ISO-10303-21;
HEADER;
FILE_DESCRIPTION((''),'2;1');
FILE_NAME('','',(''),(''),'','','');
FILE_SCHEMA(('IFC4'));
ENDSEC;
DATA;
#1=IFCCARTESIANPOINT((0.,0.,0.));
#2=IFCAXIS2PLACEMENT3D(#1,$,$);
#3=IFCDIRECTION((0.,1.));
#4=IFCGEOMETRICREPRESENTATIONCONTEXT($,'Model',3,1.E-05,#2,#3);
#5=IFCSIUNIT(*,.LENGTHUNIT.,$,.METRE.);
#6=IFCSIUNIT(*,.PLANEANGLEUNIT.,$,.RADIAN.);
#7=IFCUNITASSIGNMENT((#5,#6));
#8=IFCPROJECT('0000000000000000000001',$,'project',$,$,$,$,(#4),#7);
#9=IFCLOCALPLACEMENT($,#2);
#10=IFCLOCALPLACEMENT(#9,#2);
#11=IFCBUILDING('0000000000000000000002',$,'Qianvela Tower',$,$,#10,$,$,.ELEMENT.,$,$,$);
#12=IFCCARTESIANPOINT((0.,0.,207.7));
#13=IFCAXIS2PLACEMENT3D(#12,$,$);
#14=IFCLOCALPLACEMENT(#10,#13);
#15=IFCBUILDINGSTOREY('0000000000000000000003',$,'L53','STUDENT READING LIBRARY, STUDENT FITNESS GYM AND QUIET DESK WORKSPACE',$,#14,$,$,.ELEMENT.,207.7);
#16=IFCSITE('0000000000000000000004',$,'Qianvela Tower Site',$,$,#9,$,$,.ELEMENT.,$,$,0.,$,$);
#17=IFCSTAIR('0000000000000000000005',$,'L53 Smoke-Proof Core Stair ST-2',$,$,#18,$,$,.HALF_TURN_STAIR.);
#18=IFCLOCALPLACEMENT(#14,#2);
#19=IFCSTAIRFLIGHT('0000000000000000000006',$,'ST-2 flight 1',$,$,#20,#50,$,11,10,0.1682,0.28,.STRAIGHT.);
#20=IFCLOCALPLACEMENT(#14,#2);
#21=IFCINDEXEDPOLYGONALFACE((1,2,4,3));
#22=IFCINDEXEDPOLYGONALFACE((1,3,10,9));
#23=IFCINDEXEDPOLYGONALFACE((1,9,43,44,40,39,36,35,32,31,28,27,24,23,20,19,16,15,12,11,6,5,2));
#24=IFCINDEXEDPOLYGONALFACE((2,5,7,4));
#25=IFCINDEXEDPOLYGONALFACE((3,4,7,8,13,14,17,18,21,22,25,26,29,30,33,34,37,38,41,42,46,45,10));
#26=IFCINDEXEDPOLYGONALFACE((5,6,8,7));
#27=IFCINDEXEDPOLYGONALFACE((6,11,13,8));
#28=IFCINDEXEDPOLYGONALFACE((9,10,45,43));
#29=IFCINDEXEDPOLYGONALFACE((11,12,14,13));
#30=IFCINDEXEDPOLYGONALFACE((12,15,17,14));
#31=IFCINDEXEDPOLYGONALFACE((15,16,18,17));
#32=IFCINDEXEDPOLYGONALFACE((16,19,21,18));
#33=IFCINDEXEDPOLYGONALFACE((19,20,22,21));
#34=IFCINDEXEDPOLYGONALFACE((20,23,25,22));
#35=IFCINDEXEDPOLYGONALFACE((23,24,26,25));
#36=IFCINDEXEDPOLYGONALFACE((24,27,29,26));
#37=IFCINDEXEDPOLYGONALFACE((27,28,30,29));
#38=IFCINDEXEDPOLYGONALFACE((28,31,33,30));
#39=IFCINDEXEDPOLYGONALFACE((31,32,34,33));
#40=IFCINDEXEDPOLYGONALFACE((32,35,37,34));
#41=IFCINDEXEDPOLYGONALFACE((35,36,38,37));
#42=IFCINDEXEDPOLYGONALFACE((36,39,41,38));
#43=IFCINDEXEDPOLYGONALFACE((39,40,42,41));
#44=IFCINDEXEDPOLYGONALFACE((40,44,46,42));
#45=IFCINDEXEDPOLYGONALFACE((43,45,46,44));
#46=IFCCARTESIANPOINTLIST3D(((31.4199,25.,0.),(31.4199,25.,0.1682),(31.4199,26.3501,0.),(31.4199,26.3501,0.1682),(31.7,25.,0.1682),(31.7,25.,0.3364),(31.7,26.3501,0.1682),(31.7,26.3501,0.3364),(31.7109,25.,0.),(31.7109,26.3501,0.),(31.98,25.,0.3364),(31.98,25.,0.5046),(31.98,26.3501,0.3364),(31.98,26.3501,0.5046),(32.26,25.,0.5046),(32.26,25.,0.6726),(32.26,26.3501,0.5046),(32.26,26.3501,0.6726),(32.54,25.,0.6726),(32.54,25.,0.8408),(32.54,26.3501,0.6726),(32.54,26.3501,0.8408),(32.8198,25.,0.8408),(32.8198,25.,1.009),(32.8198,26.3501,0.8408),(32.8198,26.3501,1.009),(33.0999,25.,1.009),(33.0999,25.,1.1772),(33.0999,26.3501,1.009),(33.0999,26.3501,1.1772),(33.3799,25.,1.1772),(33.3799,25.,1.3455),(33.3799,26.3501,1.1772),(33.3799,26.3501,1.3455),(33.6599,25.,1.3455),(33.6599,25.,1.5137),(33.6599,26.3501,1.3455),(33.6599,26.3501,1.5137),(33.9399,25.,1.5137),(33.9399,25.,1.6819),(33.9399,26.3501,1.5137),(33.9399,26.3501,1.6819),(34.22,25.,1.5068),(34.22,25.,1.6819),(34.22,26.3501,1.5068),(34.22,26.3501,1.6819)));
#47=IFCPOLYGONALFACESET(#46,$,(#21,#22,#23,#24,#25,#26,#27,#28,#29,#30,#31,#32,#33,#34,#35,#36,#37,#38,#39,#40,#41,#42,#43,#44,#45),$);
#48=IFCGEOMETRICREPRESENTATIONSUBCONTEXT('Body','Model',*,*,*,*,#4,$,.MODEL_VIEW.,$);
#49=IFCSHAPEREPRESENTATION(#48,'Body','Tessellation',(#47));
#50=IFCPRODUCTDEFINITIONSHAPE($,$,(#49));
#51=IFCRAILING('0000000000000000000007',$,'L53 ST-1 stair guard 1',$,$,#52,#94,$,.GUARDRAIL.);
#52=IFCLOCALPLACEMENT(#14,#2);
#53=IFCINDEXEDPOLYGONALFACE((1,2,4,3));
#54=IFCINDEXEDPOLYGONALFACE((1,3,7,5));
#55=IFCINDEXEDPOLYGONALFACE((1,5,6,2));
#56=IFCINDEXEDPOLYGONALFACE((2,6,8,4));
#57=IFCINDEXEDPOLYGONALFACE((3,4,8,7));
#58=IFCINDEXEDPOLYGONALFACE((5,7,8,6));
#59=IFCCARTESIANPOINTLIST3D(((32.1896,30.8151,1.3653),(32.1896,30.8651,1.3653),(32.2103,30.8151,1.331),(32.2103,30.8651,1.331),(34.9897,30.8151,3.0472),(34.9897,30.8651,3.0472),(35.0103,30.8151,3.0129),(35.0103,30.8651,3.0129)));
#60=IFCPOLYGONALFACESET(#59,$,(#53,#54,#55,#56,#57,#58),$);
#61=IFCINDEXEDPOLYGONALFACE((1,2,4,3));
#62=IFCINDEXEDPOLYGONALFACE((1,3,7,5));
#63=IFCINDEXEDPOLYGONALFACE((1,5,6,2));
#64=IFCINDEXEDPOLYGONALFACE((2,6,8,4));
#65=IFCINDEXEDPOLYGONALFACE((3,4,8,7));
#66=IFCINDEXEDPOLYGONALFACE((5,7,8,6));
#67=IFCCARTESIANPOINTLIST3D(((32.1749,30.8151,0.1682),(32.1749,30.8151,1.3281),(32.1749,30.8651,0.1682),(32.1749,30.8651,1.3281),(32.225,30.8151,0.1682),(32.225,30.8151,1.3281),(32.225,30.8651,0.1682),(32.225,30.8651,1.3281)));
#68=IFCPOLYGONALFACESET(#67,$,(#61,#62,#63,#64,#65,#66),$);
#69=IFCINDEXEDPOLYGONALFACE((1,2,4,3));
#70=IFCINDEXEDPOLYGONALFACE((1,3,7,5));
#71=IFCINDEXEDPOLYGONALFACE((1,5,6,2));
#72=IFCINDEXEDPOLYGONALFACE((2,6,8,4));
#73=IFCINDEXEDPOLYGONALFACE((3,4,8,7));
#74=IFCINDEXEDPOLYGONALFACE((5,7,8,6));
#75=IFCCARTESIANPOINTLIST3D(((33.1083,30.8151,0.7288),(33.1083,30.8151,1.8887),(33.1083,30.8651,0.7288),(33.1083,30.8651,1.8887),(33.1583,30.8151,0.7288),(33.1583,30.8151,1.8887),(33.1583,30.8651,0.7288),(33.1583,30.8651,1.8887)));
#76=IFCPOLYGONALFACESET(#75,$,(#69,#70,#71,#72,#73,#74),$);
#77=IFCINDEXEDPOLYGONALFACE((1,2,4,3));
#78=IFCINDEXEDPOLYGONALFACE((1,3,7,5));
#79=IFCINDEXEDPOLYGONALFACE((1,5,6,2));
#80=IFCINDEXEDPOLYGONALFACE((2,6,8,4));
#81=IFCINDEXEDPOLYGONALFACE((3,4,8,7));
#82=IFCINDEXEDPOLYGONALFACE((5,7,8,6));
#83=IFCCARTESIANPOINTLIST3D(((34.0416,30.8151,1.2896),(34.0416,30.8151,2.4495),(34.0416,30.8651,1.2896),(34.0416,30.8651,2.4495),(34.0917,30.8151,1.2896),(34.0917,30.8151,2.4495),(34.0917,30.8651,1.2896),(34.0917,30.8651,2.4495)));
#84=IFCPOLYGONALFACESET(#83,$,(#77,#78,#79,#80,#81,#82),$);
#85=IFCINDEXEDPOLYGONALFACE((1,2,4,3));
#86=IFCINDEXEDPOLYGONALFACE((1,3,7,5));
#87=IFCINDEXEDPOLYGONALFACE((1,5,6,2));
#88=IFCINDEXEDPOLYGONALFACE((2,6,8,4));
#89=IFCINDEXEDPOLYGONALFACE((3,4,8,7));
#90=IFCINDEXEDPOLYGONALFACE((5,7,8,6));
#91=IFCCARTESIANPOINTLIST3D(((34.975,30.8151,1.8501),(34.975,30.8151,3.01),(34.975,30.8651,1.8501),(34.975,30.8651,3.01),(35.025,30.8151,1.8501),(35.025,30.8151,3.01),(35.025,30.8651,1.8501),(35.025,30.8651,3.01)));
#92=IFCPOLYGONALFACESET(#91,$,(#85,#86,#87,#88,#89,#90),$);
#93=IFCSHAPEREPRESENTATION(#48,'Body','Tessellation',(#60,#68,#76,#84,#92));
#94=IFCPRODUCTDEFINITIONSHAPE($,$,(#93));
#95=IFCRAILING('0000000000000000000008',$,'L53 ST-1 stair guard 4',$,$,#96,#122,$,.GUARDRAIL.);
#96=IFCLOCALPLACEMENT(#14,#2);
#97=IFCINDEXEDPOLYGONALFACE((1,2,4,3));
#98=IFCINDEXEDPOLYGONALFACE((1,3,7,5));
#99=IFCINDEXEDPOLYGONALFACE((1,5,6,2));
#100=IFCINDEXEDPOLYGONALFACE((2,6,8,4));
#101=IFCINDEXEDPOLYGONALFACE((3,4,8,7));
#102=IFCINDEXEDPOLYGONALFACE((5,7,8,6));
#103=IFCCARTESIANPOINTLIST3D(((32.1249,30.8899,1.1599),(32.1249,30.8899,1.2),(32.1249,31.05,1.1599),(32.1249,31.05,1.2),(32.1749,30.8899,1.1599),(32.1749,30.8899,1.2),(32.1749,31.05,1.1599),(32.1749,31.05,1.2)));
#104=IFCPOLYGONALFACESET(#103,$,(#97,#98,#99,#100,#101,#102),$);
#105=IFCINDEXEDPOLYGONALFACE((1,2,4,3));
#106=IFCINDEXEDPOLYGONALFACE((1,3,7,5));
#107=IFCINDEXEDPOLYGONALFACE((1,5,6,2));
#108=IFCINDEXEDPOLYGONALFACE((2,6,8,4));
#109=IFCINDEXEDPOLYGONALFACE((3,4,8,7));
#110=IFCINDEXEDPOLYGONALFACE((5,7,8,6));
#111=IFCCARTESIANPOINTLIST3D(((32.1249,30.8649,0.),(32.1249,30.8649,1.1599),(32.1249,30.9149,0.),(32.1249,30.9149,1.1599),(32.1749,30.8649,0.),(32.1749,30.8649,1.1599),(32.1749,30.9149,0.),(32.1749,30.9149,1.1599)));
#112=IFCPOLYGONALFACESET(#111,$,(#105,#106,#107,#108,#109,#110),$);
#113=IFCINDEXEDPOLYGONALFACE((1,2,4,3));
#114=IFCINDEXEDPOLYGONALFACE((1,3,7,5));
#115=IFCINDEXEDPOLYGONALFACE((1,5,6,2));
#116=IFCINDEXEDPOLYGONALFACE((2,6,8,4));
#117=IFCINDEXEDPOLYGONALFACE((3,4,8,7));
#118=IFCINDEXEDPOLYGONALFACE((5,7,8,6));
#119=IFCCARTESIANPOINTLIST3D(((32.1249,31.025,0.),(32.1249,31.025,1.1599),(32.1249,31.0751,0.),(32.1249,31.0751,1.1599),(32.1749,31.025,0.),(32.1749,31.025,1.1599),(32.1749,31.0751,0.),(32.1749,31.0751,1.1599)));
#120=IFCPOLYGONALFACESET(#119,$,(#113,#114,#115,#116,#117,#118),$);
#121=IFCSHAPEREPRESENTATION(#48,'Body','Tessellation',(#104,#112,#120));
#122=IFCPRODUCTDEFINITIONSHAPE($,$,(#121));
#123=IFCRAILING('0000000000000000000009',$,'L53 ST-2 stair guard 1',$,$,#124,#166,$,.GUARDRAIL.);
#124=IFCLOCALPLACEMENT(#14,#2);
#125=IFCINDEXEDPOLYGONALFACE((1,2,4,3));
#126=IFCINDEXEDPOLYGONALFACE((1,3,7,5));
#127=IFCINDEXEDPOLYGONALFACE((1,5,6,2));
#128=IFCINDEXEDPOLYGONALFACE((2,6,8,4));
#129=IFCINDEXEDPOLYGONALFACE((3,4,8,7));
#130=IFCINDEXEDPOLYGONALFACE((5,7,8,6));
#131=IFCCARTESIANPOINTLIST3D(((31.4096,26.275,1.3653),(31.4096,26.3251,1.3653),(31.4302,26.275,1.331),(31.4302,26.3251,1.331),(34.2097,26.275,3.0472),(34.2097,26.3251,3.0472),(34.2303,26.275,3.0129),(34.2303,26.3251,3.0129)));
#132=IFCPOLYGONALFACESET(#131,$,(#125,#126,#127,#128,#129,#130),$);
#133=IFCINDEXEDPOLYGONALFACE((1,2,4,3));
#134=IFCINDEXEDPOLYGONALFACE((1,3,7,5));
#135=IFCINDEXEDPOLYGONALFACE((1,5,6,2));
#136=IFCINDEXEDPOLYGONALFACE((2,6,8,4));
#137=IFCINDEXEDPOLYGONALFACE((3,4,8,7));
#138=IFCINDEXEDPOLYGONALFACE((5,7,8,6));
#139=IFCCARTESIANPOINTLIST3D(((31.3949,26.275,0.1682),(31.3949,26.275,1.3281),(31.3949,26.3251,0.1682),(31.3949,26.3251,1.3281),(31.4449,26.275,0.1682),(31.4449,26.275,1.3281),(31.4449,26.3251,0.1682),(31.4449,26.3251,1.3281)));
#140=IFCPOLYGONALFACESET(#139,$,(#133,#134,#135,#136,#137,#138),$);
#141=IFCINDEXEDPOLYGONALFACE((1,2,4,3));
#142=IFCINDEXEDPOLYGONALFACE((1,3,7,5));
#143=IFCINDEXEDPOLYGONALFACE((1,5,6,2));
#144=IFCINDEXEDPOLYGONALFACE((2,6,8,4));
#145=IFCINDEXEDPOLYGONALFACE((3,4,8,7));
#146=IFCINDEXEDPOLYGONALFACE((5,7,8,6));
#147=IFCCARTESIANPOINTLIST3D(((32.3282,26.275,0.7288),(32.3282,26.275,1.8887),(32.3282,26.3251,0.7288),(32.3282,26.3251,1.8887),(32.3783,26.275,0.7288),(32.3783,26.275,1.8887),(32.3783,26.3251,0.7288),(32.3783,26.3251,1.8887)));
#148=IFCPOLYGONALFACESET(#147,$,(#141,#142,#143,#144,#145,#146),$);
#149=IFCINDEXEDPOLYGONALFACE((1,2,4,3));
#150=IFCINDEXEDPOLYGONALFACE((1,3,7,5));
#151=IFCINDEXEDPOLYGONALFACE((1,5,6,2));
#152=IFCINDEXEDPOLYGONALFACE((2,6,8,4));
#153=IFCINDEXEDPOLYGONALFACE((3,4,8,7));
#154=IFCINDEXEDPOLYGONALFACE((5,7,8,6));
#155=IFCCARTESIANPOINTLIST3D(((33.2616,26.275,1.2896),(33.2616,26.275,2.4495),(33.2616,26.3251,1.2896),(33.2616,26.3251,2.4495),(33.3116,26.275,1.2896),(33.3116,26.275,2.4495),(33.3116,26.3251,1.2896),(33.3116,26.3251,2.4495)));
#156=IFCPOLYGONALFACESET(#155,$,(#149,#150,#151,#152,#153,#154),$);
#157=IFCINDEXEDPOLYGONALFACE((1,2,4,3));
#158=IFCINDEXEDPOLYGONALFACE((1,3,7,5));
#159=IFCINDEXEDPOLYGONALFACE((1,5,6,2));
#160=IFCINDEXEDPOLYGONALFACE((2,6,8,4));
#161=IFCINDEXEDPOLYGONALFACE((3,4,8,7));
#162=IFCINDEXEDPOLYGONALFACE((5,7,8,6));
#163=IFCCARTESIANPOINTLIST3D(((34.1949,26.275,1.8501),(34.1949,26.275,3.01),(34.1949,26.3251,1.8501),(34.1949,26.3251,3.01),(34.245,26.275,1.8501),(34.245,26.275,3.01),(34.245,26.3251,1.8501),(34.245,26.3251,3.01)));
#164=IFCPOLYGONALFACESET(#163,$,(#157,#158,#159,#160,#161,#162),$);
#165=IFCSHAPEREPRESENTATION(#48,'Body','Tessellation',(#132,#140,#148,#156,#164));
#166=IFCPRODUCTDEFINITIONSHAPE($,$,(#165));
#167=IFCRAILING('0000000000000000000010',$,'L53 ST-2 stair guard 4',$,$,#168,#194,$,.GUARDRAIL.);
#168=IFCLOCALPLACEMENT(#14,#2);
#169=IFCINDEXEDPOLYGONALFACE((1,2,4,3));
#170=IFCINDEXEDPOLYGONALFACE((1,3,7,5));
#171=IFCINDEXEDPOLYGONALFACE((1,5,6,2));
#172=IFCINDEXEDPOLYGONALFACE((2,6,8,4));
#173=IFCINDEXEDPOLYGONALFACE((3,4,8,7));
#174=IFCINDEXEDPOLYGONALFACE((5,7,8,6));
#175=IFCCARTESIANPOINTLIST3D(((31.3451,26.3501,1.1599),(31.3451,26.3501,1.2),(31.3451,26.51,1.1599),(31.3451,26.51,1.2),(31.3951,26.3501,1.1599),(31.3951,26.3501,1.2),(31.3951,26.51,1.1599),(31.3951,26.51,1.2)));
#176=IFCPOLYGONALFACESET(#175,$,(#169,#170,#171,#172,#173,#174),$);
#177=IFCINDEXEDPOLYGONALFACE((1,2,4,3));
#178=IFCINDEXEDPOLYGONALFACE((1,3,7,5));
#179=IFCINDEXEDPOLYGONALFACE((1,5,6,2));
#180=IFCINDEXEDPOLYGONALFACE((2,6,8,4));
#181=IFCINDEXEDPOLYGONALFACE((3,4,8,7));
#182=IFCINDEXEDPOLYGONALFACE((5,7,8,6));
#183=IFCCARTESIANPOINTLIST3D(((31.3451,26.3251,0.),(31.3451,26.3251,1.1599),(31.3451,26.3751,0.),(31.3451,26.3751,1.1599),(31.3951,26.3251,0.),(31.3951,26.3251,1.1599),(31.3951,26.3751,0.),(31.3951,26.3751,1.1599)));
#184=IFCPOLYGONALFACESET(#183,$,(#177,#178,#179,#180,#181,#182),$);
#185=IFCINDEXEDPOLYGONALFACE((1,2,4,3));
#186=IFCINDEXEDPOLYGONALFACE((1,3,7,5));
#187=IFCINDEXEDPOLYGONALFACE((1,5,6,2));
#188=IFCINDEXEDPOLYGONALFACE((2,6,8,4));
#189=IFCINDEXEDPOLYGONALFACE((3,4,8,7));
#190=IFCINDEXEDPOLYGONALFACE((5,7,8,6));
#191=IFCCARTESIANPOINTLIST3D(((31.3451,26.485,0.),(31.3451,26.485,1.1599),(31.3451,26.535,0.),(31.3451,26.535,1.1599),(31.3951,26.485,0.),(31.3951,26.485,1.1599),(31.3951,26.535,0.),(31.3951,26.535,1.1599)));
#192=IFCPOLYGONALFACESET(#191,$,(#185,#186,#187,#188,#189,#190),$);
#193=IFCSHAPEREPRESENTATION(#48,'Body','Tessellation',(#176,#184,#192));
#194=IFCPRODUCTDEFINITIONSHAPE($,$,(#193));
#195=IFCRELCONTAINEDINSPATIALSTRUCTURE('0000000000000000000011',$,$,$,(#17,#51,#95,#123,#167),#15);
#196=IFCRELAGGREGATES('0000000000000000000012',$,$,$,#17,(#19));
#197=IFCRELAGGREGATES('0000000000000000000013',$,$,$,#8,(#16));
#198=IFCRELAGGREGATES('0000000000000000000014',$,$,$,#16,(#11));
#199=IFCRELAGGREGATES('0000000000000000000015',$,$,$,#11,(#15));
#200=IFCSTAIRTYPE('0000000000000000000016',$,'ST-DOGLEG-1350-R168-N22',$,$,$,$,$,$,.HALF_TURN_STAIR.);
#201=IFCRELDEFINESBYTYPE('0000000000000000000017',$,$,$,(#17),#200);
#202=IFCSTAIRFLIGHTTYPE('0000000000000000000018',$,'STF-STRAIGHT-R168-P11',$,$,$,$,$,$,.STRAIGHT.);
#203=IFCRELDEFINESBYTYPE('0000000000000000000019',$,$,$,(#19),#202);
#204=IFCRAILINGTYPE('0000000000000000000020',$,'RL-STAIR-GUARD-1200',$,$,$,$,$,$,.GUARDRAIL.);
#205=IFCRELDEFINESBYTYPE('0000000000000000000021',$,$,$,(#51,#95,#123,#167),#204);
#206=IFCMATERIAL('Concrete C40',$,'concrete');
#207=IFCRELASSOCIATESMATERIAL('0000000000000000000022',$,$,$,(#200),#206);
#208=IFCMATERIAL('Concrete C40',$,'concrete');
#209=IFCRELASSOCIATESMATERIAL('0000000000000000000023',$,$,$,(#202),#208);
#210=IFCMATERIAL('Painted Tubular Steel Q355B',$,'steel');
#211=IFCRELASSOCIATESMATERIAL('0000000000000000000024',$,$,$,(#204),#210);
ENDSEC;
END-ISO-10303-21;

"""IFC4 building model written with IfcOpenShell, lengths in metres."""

from ifc_helpers import new_model, si_unit, direction, frame, origin, origin_2d, place, context, subcontext, project, spatial, polyline, rectangle, outline, extrude, material, type_object, element, aggregate, save


model = new_model("IFC4")

# Units and contexts
model_context = context("Model", 3, precision=1e-05, world=origin(), true_north=direction((0.0, 1.0)))
body_context = subcontext(model_context, "Body", "Model", "MODEL_VIEW")
ifc_project = project(units=[si_unit("LENGTHUNIT", "METRE"), si_unit("PLANEANGLEUNIT", "RADIAN")], contexts=[model_context])

# Site, building, storey
site_placement = place(None, origin())
site = spatial("IfcSite", under=ifc_project, at=site_placement, Name="Qianvela Tower Site", CompositionType="ELEMENT", RefElevation=0.0)
building_placement = place(site_placement, origin())
building = spatial("IfcBuilding", under=site, at=building_placement, Name="Qianvela Tower", CompositionType="ELEMENT")
storey_placement = place(building_placement, frame((0.0, 0.0, 207.7)))
storey = spatial("IfcBuildingStorey", under=building, at=storey_placement, Name="L53", Description="STUDENT READING LIBRARY, STUDENT FITNESS GYM AND QUIET DESK WORKSPACE", CompositionType="ELEMENT", Elevation=207.7)

# Stair, stair flight
ifc_material_1 = material(Name="Concrete C40", Category="concrete")
stair_type = type_object("IfcStairType", Name="ST-DOGLEG-1350-R168-N22", PredefinedType="HALF_TURN_STAIR", material=ifc_material_1)
ifc_material_2 = material(Name="Concrete C40", Category="concrete")
stair_flight_type = type_object("IfcStairFlightType", Name="STF-STRAIGHT-R168-P11", PredefinedType="STRAIGHT", material=ifc_material_2)
stair_1_placement = place(storey_placement, origin())
stair_1 = element("IfcStair", 1, at=stair_1_placement, inside=storey, type_object=stair_type, Name="L53 Smoke-Proof Core Stair ST-2", PredefinedType="HALF_TURN_STAIR")
stair_flight_1_placement = place(storey_placement, frame((31.4199, 25.675, 0.0), z_axis=(0.0, 0.0, 1.0), x_axis=(1.0, 0.0, 0.0)))
stair_flight_1 = element("IfcStairFlight", 2, at=stair_flight_1_placement, type_object=stair_flight_type, Name="ST-2 flight 1", NumberOfRisers=11, NumberOfTreads=10, PredefinedType="STRAIGHT", RiserHeight=0.1682, TreadLength=0.28, context=body_context, shape_type="SweptSolid", body=[
    extrude(outline(polyline([(0.0, 0.0), (0.0, 0.1682), (0.28, 0.1682), (0.28, 0.3364), (0.5601, 0.3364), (0.5601, 0.5046), (0.8401, 0.5046), (0.8401, 0.6726), (1.1201, 0.6726), (1.1201, 0.8408), (1.3999, 0.8408), (1.3999, 1.009), (1.6799, 1.009), (1.6799, 1.1772), (1.96, 1.1772), (1.96, 1.3455), (2.24, 1.3455), (2.24, 1.5137), (2.52, 1.5137), (2.52, 1.6819), (2.8, 1.6819), (2.8, 1.8501), (2.8, 1.5068), (0.291, 0.0), (0.0, 0.0)])), frame((0.0, 0.675, 0.0), z_axis=(0.0, -1.0, 0.0), x_axis=(1.0, 0.0, 0.0)), (0.0, 0.0, 1.0), 1.3501),
])
aggregate(stair_1, [stair_flight_1])

# Railings
ifc_material_3 = material(Name="Painted Tubular Steel Q355B", Category="steel")
railing_type_1 = type_object("IfcRailingType", Name="RL-STAIR-GUARD-1200", PredefinedType="GUARDRAIL", material=ifc_material_3)
railing_1_placement = place(storey_placement, frame((32.2, 30.8401, 0.1682)))
element("IfcRailing", 3, at=railing_1_placement, inside=storey, type_object=railing_type_1, Name="L53 ST-1 stair guard 1", PredefinedType="GUARDRAIL", context=body_context, shape_type="SweptSolid", body=[
    extrude(rectangle(XDim=0.05, YDim=0.04, at=origin_2d()), frame((0.0, 0.0, 1.1799), z_axis=(0.857242, 0.0, 0.514913), x_axis=(0.0, 1.0, 0.0)), (0.0, 0.0, 1.0), 3.2664),
    extrude(rectangle(XDim=0.05, YDim=0.05, at=origin_2d()), origin(), (0.0, 0.0, 1.0), 1.1599),
    extrude(rectangle(XDim=0.05, YDim=0.05, at=origin_2d()), frame((0.9333, 0.0, 0.5605)), (0.0, 0.0, 1.0), 1.1599),
    extrude(rectangle(XDim=0.05, YDim=0.05, at=origin_2d()), frame((1.8667, 0.0, 1.1213)), (0.0, 0.0, 1.0), 1.1599),
    extrude(rectangle(XDim=0.05, YDim=0.05, at=origin_2d()), frame((2.8, 0.0, 1.6819)), (0.0, 0.0, 1.0), 1.1599),
])
railing_2_placement = place(storey_placement, frame((32.1499, 30.8899, 0.0)))
element("IfcRailing", 4, at=railing_2_placement, inside=storey, type_object=railing_type_1, Name="L53 ST-1 stair guard 4", PredefinedType="GUARDRAIL", context=body_context, shape_type="SweptSolid", body=[
    extrude(rectangle(XDim=0.05, YDim=0.04, at=origin_2d()), frame((0.0, 0.0, 1.1799), z_axis=(0.0, 1.0, 0.0), x_axis=(-1.0, 0.0, 0.0)), (0.0, 0.0, 1.0), 0.1602),
    extrude(rectangle(XDim=0.05, YDim=0.05, at=origin_2d()), origin(), (0.0, 0.0, 1.0), 1.1599),
    extrude(rectangle(XDim=0.05, YDim=0.05, at=origin_2d()), frame((0.0, 0.1602, 0.0)), (0.0, 0.0, 1.0), 1.1599),
])
railing_3_placement = place(storey_placement, frame((31.4199, 26.3, 0.1682)))
element("IfcRailing", 5, at=railing_3_placement, inside=storey, type_object=railing_type_1, Name="L53 ST-2 stair guard 1", PredefinedType="GUARDRAIL", context=body_context, shape_type="SweptSolid", body=[
    extrude(rectangle(XDim=0.05, YDim=0.04, at=origin_2d()), frame((0.0, 0.0, 1.1799), z_axis=(0.857242, 0.0, 0.514913), x_axis=(0.0, 1.0, 0.0)), (0.0, 0.0, 1.0), 3.2664),
    extrude(rectangle(XDim=0.05, YDim=0.05, at=origin_2d()), origin(), (0.0, 0.0, 1.0), 1.1599),
    extrude(rectangle(XDim=0.05, YDim=0.05, at=origin_2d()), frame((0.9333, 0.0, 0.5605)), (0.0, 0.0, 1.0), 1.1599),
    extrude(rectangle(XDim=0.05, YDim=0.05, at=origin_2d()), frame((1.8667, 0.0, 1.1213)), (0.0, 0.0, 1.0), 1.1599),
    extrude(rectangle(XDim=0.05, YDim=0.05, at=origin_2d()), frame((2.8, 0.0, 1.6819)), (0.0, 0.0, 1.0), 1.1599),
])
railing_4_placement = place(storey_placement, frame((31.3701, 26.3501, 0.0)))
element("IfcRailing", 6, at=railing_4_placement, inside=storey, type_object=railing_type_1, Name="L53 ST-2 stair guard 4", PredefinedType="GUARDRAIL", context=body_context, shape_type="SweptSolid", body=[
    extrude(rectangle(XDim=0.05, YDim=0.04, at=origin_2d()), frame((0.0, 0.0, 1.1799), z_axis=(0.0, 1.0, 0.0), x_axis=(-1.0, 0.0, 0.0)), (0.0, 0.0, 1.0), 0.1599),
    extrude(rectangle(XDim=0.05, YDim=0.05, at=origin_2d()), origin(), (0.0, 0.0, 1.0), 1.1599),
    extrude(rectangle(XDim=0.05, YDim=0.05, at=origin_2d()), frame((0.0, 0.1599, 0.0)), (0.0, 0.0, 1.0), 1.1599),
])

save(model, "model.ifc")
